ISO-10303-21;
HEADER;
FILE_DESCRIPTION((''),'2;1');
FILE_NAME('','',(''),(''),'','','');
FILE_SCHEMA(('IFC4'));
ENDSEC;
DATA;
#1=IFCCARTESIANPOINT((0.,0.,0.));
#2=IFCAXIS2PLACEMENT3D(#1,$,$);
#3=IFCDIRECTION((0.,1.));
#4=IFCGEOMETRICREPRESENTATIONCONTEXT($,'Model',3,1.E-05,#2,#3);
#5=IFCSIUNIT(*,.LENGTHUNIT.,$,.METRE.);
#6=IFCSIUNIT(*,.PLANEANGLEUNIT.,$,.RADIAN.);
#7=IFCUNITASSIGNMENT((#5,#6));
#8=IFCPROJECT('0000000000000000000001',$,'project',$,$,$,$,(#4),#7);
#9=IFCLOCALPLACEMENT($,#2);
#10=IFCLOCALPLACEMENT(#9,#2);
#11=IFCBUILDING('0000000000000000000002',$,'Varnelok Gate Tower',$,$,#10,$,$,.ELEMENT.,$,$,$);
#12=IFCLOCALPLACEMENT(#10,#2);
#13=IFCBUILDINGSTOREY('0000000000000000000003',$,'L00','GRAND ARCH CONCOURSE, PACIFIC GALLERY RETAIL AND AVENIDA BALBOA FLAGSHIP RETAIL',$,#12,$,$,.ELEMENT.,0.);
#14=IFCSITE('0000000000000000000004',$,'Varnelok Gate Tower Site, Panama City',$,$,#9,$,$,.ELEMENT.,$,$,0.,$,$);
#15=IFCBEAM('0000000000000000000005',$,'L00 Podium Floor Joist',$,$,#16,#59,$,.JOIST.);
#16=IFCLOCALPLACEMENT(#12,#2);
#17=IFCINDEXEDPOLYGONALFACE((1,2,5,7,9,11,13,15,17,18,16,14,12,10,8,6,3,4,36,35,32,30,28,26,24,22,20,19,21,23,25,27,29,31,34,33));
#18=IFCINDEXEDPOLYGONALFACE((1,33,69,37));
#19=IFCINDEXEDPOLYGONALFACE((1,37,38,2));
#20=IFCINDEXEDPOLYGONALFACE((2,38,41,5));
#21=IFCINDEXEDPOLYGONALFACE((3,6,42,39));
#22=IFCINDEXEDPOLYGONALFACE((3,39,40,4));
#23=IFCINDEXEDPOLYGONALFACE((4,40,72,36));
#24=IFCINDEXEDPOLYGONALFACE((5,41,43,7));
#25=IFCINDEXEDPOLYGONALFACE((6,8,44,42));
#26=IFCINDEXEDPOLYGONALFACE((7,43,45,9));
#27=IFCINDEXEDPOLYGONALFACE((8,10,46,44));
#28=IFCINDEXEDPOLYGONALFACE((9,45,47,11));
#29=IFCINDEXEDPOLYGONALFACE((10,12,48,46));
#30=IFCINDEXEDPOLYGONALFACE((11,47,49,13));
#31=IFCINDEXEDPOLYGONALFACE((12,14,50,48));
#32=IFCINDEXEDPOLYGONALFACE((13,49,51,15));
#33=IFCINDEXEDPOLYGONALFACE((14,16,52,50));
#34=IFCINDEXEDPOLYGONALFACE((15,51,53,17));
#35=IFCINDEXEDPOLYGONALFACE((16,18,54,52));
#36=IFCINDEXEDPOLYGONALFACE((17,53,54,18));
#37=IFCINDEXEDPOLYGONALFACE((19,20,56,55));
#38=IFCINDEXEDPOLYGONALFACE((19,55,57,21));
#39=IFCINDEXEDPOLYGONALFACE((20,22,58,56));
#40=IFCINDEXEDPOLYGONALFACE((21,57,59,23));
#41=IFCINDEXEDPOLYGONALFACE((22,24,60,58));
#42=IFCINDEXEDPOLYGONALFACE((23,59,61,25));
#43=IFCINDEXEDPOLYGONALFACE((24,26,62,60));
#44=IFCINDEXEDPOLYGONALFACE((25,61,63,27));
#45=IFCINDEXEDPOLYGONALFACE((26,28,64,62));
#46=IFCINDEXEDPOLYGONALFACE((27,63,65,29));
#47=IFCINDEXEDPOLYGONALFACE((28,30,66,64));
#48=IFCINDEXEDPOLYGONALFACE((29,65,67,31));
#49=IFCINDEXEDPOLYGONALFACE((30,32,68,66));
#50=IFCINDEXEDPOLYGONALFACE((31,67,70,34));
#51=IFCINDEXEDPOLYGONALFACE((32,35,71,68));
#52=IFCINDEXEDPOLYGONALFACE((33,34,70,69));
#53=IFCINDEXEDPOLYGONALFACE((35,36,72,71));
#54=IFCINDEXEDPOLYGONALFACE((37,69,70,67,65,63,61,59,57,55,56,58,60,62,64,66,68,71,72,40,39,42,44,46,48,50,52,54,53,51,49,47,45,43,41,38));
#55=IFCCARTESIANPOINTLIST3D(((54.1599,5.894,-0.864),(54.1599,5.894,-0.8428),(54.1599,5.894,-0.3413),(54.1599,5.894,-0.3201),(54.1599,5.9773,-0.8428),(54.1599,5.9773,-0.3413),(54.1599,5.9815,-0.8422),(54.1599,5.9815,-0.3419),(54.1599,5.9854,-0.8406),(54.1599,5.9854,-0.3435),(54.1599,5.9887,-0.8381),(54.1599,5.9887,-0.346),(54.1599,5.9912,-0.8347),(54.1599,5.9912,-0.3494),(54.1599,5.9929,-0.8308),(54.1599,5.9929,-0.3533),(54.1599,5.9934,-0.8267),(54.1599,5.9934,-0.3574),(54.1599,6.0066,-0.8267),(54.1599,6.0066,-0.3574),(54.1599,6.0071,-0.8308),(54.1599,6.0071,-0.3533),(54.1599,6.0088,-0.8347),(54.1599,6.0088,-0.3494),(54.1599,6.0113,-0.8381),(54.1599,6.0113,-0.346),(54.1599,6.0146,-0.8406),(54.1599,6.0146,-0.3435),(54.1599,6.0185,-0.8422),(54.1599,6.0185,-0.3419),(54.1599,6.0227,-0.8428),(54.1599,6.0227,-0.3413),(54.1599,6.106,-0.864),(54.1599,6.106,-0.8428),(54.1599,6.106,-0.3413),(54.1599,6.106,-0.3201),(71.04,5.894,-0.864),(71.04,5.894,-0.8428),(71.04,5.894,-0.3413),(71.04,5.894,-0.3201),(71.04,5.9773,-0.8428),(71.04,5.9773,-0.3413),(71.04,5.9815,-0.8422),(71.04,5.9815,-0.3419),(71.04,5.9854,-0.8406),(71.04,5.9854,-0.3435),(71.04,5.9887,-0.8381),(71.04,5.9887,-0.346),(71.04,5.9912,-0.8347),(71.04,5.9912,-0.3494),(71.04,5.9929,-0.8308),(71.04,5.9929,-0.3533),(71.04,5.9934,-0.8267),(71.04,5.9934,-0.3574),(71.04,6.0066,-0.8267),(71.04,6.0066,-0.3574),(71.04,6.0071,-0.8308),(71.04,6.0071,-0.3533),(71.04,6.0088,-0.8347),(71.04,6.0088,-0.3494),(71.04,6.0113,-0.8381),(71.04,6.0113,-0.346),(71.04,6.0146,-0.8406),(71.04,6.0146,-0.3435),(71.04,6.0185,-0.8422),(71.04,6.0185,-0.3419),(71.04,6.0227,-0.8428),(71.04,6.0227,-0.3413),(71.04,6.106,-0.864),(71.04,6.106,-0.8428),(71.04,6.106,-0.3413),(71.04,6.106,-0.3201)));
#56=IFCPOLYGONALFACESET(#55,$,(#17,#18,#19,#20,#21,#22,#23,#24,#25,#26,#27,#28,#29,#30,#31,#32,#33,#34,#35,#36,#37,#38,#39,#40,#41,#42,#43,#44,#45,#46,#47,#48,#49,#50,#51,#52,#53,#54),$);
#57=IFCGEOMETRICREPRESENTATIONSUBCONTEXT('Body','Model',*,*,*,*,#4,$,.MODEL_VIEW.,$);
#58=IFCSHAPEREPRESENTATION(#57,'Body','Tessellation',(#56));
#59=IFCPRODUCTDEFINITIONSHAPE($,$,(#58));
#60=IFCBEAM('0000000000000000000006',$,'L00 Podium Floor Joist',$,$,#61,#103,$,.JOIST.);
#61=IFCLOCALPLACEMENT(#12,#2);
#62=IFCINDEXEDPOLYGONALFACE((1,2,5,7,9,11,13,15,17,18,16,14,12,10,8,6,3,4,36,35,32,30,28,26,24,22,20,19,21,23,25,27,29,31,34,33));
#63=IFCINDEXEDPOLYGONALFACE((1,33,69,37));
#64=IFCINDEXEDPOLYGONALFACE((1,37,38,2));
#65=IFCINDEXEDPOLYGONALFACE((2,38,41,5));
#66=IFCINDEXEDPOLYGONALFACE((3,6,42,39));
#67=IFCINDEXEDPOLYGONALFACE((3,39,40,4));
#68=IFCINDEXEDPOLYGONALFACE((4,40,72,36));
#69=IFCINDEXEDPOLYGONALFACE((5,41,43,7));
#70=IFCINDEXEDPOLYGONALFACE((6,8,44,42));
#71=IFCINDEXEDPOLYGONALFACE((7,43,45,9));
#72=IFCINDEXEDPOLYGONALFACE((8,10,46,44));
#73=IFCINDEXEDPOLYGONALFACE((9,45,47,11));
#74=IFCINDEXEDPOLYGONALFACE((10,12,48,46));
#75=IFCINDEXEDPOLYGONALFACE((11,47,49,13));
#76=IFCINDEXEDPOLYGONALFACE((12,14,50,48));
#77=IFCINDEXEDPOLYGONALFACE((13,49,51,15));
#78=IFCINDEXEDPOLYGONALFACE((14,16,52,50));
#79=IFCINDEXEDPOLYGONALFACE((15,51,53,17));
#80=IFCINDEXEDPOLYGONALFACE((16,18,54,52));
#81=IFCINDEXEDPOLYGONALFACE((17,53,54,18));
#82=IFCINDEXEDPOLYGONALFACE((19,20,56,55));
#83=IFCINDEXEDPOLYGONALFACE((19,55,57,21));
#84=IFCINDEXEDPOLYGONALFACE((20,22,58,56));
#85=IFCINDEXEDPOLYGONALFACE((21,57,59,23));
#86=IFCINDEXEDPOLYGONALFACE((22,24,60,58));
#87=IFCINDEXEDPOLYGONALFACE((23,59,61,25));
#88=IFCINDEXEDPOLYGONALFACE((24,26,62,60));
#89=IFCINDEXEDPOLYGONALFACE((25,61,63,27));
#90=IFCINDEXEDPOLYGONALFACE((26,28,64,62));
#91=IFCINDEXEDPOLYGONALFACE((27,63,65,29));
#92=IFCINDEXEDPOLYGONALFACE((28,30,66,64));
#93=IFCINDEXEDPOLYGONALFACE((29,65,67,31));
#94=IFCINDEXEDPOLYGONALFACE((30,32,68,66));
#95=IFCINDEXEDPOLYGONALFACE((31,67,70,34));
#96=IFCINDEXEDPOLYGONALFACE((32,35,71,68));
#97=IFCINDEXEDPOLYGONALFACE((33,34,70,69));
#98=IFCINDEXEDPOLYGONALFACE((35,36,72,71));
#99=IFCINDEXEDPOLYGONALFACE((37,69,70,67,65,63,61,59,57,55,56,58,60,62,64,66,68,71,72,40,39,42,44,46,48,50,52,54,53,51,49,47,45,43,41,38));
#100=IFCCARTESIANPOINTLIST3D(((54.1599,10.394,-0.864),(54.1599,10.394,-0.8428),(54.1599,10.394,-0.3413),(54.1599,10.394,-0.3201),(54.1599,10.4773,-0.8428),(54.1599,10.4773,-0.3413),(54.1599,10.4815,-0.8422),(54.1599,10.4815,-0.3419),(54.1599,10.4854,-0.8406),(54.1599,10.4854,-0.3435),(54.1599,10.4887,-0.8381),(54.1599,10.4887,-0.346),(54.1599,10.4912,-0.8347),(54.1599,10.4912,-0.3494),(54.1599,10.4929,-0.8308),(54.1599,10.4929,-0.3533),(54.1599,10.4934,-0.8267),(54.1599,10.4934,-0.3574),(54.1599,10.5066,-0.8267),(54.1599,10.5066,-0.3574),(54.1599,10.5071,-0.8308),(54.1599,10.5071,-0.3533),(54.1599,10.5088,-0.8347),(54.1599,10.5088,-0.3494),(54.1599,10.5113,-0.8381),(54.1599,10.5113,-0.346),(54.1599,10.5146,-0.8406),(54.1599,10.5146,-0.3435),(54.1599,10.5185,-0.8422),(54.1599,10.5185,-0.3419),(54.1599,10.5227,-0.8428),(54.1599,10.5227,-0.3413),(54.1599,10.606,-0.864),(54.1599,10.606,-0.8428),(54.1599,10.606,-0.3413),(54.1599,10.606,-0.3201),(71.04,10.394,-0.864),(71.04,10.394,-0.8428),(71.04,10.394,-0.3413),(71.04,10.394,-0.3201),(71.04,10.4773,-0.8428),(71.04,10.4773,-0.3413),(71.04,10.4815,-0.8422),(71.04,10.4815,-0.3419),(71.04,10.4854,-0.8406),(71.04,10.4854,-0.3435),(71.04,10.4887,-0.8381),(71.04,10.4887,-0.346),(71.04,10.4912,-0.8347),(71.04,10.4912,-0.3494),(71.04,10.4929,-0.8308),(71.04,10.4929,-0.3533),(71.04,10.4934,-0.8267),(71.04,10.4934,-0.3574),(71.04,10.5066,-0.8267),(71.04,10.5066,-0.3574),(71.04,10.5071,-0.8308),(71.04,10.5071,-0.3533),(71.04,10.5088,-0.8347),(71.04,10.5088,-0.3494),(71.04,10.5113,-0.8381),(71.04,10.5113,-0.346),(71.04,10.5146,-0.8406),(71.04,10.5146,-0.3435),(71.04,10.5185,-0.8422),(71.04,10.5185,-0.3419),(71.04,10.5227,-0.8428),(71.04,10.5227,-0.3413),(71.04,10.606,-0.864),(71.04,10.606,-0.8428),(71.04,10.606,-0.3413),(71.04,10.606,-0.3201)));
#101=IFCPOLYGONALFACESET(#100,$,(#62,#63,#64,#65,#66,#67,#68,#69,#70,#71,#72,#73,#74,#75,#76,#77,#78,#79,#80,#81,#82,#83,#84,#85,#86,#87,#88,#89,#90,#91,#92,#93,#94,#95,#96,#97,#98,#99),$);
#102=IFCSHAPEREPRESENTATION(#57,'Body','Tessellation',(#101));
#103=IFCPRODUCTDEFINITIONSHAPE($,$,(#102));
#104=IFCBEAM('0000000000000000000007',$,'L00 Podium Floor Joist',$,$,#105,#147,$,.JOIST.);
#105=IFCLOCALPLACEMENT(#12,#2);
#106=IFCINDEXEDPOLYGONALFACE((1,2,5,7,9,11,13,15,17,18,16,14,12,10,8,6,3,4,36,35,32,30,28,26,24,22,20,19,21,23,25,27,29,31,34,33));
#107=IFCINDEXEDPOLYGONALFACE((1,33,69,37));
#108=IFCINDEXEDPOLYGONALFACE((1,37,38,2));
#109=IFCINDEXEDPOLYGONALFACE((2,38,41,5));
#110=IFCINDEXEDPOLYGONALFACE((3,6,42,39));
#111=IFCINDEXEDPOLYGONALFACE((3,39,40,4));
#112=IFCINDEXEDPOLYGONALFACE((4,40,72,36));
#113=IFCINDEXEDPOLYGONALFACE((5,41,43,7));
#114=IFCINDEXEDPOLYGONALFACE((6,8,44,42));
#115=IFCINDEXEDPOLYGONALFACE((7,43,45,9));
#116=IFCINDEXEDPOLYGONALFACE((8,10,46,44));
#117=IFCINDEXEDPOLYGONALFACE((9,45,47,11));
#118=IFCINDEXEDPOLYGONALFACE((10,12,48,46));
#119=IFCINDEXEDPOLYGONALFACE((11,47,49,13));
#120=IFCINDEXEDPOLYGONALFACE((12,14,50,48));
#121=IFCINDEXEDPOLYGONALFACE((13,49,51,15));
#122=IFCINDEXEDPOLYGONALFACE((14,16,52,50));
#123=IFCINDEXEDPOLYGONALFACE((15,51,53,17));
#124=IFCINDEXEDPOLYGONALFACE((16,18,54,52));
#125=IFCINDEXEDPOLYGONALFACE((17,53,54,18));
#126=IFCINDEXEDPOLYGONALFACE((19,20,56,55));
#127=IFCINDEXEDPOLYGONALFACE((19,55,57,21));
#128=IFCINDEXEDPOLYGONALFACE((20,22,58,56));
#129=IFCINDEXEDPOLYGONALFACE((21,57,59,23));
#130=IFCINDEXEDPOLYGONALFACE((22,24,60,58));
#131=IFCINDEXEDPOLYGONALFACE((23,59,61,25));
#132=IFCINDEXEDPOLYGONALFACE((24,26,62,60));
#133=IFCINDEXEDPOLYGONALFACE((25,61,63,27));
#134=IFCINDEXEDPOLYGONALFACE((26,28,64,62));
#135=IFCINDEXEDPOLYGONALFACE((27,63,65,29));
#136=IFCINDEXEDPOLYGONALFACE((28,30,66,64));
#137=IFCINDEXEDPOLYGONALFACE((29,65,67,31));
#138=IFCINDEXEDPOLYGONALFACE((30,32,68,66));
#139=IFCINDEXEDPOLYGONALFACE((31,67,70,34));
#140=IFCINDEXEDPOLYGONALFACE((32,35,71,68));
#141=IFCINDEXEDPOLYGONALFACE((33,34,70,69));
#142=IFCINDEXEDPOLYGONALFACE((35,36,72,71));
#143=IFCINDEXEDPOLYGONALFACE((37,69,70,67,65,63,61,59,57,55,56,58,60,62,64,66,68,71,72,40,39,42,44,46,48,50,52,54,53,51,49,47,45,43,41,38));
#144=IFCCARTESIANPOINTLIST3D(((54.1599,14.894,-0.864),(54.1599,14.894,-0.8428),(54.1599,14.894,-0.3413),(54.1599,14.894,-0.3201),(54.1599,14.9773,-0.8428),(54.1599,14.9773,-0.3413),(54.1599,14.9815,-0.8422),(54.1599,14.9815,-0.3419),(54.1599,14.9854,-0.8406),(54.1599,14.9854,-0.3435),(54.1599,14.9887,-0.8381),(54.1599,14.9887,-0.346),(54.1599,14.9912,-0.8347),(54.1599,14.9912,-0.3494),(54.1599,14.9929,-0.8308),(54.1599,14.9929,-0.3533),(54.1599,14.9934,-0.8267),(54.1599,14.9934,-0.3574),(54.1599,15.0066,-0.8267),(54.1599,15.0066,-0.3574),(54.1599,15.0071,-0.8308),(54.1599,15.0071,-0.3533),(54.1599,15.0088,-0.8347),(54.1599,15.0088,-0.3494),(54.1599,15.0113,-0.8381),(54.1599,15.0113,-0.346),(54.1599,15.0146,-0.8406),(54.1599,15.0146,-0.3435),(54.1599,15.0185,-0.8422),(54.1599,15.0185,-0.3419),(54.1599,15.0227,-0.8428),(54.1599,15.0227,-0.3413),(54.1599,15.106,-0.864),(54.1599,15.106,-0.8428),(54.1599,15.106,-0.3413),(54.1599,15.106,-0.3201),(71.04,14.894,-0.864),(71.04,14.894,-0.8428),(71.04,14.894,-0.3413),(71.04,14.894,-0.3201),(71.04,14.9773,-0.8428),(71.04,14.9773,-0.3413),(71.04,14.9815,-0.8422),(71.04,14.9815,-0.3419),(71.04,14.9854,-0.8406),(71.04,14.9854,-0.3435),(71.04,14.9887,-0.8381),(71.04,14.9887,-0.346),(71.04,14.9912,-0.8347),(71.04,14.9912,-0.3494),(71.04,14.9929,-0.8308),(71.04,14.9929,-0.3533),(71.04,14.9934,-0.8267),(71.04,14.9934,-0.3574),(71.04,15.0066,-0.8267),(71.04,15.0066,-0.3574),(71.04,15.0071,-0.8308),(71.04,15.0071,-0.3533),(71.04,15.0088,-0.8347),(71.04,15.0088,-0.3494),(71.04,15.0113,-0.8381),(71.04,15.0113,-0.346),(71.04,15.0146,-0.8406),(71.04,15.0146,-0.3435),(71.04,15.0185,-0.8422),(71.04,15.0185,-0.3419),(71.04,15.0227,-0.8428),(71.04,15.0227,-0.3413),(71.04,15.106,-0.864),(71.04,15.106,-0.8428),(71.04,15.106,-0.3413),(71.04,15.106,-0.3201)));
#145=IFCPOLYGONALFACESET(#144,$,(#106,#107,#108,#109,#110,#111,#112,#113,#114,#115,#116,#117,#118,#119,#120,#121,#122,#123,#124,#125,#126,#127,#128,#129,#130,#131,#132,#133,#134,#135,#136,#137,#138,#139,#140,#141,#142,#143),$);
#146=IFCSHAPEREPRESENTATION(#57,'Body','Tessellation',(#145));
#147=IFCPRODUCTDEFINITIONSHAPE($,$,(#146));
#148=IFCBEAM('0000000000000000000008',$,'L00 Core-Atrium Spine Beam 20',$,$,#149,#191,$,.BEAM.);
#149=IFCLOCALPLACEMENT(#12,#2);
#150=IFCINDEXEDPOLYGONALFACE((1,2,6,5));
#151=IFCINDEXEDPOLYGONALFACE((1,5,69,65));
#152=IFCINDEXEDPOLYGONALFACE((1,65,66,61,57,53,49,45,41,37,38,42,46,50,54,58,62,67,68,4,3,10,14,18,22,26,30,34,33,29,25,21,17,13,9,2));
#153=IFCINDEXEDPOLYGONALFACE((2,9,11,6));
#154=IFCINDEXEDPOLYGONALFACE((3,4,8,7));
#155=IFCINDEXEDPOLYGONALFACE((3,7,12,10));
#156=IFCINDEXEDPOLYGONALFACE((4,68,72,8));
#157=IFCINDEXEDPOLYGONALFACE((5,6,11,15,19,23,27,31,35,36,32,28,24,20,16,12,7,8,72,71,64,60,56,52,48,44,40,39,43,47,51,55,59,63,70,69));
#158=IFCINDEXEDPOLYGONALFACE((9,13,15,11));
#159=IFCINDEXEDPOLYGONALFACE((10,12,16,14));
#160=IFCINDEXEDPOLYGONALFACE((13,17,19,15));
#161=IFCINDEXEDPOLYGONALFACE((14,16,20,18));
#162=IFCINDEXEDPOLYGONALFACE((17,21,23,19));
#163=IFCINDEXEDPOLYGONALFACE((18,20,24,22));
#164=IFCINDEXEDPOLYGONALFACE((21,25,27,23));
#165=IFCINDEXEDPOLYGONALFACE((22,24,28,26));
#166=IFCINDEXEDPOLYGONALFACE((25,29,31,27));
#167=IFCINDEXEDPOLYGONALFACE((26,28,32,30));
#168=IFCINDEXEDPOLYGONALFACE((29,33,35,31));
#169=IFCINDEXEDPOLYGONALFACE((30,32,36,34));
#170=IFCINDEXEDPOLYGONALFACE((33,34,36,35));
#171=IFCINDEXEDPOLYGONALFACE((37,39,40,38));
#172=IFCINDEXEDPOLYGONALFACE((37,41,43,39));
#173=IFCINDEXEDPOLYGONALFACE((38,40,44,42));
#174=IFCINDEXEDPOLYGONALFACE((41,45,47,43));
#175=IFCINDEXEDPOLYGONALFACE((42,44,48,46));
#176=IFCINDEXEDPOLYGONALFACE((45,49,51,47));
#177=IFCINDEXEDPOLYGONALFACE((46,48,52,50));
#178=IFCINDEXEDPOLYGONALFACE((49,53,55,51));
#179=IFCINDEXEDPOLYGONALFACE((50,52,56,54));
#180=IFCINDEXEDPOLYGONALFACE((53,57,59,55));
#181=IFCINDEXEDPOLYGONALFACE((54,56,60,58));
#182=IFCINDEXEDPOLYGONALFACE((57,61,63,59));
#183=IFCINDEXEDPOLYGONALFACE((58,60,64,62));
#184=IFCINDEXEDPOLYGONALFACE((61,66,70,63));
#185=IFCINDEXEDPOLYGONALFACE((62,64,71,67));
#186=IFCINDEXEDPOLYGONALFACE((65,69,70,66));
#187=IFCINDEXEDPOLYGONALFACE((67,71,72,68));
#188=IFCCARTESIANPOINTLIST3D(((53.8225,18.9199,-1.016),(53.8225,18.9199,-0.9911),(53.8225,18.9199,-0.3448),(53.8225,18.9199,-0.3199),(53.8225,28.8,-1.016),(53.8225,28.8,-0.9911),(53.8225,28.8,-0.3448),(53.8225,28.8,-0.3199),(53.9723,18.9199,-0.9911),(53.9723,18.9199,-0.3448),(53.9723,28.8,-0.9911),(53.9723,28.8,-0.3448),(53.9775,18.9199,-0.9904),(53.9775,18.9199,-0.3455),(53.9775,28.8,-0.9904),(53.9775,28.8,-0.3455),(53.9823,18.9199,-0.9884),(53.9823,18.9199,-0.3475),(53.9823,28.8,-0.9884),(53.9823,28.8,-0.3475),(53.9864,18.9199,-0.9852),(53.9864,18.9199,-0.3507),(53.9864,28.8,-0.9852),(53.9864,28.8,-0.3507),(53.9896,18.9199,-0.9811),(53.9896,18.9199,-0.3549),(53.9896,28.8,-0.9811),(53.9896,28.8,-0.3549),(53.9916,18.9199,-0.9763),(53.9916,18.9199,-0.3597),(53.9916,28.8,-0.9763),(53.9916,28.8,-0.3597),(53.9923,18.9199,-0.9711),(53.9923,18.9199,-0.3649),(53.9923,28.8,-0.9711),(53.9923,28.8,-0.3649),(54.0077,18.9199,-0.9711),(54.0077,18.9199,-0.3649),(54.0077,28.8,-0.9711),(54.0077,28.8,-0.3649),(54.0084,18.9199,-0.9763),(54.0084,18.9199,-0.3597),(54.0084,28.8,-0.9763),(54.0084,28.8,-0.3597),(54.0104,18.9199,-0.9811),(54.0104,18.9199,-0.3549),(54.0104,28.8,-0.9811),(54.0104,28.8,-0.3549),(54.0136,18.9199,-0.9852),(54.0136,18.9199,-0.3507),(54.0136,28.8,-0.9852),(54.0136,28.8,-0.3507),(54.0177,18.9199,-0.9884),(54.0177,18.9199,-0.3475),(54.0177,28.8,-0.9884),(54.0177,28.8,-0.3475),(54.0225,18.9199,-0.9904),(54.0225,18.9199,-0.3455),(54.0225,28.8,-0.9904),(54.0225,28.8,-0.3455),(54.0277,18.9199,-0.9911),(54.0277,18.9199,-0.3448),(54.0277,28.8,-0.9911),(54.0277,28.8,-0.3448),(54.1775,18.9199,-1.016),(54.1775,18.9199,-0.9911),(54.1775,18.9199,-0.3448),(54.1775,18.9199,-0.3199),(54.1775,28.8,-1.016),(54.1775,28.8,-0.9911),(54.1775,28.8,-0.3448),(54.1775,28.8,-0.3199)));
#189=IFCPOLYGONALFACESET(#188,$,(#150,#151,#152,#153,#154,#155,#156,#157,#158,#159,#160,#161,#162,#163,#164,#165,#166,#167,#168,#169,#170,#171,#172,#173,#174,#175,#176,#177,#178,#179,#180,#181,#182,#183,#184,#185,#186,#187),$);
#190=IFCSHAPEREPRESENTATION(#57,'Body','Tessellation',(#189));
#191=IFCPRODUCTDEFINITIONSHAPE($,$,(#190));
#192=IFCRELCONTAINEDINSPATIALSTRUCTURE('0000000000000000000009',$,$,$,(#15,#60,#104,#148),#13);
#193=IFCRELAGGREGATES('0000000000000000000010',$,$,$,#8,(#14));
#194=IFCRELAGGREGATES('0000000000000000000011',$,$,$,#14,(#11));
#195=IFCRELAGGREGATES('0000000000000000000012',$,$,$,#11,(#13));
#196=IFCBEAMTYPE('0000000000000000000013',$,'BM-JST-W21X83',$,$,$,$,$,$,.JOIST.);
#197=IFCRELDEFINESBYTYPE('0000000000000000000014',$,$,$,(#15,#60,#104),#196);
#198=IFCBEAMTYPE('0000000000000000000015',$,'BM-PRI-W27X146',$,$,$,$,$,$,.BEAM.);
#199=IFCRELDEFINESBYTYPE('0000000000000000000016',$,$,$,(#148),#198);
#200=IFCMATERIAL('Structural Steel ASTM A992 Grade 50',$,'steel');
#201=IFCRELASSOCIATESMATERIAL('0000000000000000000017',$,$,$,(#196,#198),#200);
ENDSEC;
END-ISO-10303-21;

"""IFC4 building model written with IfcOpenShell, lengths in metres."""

from ifc_helpers import new_model, si_unit, direction, frame, origin, origin_2d, place, context, subcontext, project, spatial, i_section, extrude, material, material_profile, profile_set, type_object, element, save


model = new_model("IFC4")

# Units and contexts
model_context = context("Model", 3, precision=1e-05, world=origin(), true_north=direction((0.0, 1.0)))
body_context = subcontext(model_context, "Body", "Model", "MODEL_VIEW")
ifc_project = project(units=[si_unit("LENGTHUNIT", "METRE"), si_unit("PLANEANGLEUNIT", "RADIAN")], contexts=[model_context])

# Site, building, storey
site_placement = place(None, origin())
site = spatial("IfcSite", under=ifc_project, at=site_placement, Name="Varnelok Gate Tower Site, Panama City", CompositionType="ELEMENT", RefElevation=0.0)
building_placement = place(site_placement, origin())
building = spatial("IfcBuilding", under=site, at=building_placement, Name="Varnelok Gate Tower", CompositionType="ELEMENT")
storey_placement = place(building_placement, origin())
storey = spatial("IfcBuildingStorey", under=building, at=storey_placement, Name="L00", Description="GRAND ARCH CONCOURSE, PACIFIC GALLERY RETAIL AND AVENIDA BALBOA FLAGSHIP RETAIL", CompositionType="ELEMENT", Elevation=0.0)

# Shared definitions
ifc_material_1 = material(Name="Structural Steel ASTM A992 Grade 50", Category="steel")

# Beams
ifc_material_profile_1 = material_profile(ifc_material_1, i_section(OverallWidth=0.2119, OverallDepth=0.5439, WebThickness=0.0132, FlangeThickness=0.0212, FilletRadius=0.0161, at=origin_2d()), Name="W21X83")
ifc_profile_set_1 = profile_set([ifc_material_profile_1], Name="Structural Steel ASTM A992 Grade 50")
beam_type_1 = type_object("IfcBeamType", Name="BM-JST-W21X83", PredefinedType="JOIST", material=ifc_profile_set_1)
for number, where, z_axis, x_axis, name in (
    (1, (54.1599, 6.0, -0.592), (1.0, 0.0, 0.0), (0.0, 1.0, 0.0), "L00 Podium Floor Joist"),
    (2, (54.1599, 10.5, -0.592), (1.0, 0.0, 0.0), (0.0, 1.0, 0.0), "L00 Podium Floor Joist"),
    (3, (54.1599, 15.0, -0.592), (1.0, 0.0, 0.0), (0.0, 1.0, 0.0), "L00 Podium Floor Joist"),
):
    element("IfcBeam", number, at=place(storey_placement, frame(where, z_axis=z_axis, x_axis=x_axis)), inside=storey, type_object=beam_type_1, Name=name, PredefinedType="JOIST", context=body_context, shape_type="SweptSolid", body=[
        extrude(i_section(OverallWidth=0.2119, OverallDepth=0.5439, WebThickness=0.0132, FlangeThickness=0.0212, FilletRadius=0.0161, at=origin_2d()), origin(), (0.0, 0.0, 1.0), 16.8801),
    ])
ifc_material_profile_2 = material_profile(ifc_material_1, i_section(OverallWidth=0.355, OverallDepth=0.696, WebThickness=0.0154, FlangeThickness=0.0249, FilletRadius=0.02, at=origin_2d()), Name="W27X146")
ifc_profile_set_2 = profile_set([ifc_material_profile_2], Name="Structural Steel ASTM A992 Grade 50")
beam_type_2 = type_object("IfcBeamType", Name="BM-PRI-W27X146", PredefinedType="BEAM", material=ifc_profile_set_2)
beam_1_placement = place(storey_placement, frame((54.0, 18.9199, -0.668), z_axis=(0.0, 1.0, 0.0), x_axis=(-1.0, 0.0, 0.0)))
element("IfcBeam", 4, at=beam_1_placement, inside=storey, type_object=beam_type_2, Name="L00 Core-Atrium Spine Beam 20", PredefinedType="BEAM", context=body_context, shape_type="SweptSolid", body=[
    extrude(i_section(OverallWidth=0.355, OverallDepth=0.696, WebThickness=0.0154, FlangeThickness=0.0249, FilletRadius=0.02, at=origin_2d()), origin(), (0.0, 0.0, 1.0), 9.8801),
])

save(model, "model.ifc")
